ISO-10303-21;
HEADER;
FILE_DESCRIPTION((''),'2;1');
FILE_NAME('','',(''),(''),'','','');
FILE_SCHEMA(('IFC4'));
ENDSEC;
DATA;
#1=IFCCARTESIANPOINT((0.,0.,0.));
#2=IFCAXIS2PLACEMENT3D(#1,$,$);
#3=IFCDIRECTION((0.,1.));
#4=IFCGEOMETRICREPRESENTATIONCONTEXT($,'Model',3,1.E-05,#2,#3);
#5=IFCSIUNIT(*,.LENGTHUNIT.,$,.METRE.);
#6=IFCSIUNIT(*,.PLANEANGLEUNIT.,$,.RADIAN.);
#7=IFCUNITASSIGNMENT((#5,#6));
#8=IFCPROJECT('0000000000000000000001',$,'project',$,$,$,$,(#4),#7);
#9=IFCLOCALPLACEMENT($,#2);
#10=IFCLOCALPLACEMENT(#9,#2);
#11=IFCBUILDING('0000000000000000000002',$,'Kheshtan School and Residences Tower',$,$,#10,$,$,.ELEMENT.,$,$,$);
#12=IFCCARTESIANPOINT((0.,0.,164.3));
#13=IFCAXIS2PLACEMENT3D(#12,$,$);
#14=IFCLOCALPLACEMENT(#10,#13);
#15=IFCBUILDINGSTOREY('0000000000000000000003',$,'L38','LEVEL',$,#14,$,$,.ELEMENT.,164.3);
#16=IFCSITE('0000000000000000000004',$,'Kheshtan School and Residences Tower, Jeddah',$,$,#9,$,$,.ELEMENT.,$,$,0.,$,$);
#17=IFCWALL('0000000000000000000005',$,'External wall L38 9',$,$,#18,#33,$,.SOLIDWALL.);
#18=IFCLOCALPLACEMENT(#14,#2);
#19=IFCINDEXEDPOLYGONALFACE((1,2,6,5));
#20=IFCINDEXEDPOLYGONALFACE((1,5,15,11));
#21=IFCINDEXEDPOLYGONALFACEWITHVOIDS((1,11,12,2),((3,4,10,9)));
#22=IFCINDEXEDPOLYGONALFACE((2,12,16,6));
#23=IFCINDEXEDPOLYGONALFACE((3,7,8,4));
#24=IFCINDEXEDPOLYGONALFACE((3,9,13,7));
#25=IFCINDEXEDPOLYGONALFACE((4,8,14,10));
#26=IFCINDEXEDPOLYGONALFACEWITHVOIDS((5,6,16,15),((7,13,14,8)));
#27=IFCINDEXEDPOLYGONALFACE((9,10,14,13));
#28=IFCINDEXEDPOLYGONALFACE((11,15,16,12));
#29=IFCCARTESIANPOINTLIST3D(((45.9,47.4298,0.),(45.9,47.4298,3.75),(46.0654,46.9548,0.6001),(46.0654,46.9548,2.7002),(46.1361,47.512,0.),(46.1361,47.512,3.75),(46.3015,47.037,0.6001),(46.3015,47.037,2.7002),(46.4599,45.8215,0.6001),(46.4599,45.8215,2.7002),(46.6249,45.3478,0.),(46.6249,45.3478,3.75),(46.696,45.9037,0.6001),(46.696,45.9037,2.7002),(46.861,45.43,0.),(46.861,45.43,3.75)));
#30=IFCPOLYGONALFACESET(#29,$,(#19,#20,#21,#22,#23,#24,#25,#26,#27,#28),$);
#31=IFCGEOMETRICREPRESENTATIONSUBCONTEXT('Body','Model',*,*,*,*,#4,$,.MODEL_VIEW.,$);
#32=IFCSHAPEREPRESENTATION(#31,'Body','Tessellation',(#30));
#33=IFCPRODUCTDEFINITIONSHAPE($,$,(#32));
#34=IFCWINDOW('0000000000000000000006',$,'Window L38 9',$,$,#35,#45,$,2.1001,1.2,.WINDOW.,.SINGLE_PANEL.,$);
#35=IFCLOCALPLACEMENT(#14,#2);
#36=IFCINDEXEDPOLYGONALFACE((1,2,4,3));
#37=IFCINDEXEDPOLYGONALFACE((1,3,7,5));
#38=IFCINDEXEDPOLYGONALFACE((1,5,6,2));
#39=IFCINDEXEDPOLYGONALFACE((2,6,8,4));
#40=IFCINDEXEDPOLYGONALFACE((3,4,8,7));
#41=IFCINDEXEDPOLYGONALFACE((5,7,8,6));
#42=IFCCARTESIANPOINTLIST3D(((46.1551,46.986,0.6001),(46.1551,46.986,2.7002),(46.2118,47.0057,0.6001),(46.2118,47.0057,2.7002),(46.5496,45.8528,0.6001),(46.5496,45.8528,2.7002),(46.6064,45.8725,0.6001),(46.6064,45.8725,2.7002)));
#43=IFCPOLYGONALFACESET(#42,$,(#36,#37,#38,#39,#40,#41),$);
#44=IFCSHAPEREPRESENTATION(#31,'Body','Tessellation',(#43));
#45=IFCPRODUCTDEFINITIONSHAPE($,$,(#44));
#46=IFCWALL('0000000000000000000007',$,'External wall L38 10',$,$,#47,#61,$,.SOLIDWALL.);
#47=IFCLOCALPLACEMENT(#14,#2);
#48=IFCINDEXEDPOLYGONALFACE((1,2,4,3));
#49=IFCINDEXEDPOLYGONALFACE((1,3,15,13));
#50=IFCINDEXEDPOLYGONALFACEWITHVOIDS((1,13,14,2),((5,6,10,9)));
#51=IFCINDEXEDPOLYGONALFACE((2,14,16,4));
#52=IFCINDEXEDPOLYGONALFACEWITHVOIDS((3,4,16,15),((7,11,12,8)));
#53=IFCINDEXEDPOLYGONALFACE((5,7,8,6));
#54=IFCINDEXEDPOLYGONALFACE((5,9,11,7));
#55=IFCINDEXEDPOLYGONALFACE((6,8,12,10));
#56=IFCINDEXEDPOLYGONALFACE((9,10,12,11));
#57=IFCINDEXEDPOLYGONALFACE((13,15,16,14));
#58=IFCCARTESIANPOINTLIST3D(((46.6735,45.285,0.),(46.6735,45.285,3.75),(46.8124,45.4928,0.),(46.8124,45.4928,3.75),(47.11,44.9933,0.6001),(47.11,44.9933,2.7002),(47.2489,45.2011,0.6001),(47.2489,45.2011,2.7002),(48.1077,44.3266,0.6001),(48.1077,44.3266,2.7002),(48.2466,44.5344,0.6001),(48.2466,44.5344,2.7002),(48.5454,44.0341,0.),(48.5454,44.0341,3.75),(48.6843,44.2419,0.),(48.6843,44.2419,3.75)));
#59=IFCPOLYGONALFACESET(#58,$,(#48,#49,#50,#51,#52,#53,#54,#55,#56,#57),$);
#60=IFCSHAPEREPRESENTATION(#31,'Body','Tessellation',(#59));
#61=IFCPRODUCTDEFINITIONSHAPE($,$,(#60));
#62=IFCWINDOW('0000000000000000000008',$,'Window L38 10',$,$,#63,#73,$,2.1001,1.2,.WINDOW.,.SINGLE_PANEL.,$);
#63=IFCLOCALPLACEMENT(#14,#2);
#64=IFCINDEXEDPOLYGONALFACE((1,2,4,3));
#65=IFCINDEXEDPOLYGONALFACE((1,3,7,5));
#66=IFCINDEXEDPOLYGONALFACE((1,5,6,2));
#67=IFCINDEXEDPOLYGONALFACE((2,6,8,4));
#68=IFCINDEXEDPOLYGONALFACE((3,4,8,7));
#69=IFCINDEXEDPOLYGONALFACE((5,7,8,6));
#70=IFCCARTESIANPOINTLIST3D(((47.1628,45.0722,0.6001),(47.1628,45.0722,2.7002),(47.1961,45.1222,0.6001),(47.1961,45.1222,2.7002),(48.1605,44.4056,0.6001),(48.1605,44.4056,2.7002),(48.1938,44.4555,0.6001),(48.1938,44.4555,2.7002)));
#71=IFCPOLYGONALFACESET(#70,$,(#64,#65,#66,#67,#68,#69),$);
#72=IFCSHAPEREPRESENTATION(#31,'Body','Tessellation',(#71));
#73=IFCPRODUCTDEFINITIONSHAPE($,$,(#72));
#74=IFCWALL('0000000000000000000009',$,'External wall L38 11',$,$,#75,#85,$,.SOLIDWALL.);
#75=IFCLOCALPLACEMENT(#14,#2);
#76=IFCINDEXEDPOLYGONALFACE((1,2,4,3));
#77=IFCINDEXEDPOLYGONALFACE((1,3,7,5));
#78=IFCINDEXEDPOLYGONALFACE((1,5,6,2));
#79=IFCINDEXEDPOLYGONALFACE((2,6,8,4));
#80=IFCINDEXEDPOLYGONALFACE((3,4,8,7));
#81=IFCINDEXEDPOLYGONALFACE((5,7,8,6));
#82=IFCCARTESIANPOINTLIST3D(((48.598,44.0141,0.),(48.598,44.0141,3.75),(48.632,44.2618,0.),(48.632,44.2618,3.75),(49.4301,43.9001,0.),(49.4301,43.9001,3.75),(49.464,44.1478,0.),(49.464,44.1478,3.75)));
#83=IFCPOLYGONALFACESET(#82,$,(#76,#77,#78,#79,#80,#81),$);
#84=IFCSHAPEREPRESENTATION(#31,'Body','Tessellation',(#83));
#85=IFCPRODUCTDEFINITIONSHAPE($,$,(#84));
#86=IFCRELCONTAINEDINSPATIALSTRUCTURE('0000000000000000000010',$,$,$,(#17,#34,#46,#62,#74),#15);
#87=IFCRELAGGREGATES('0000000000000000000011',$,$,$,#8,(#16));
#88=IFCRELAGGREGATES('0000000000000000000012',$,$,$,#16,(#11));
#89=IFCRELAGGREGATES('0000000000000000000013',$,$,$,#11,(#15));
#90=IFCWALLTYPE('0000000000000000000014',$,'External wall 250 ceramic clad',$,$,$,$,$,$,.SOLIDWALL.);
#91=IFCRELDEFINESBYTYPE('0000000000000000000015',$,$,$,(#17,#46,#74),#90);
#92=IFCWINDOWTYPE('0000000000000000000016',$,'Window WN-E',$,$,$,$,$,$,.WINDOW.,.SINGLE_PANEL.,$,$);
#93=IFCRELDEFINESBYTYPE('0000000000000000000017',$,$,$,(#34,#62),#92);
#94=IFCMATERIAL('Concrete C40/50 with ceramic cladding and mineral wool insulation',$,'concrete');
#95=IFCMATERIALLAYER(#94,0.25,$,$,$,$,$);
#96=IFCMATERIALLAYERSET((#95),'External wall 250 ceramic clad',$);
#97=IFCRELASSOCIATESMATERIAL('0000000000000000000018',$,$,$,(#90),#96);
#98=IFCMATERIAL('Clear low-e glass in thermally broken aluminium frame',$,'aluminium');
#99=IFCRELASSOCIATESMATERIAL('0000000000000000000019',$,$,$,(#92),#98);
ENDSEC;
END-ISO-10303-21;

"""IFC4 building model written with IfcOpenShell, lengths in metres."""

from ifc_helpers import new_model, si_unit, direction, frame, frame_2d, origin, place, context, subcontext, project, spatial, rectangle, extrude, source, transform, mapped, material, layer, layer_set, type_object, element, fill, save


model = new_model("IFC4")

# Units and contexts
model_context = context("Model", 3, precision=1e-05, world=origin(), true_north=direction((0.0, 1.0)))
body_context = subcontext(model_context, "Body", "Model", "MODEL_VIEW")
ifc_project = project(units=[si_unit("LENGTHUNIT", "METRE"), si_unit("PLANEANGLEUNIT", "RADIAN")], contexts=[model_context])

# Site, building, storey
site_placement = place(None, origin())
site = spatial("IfcSite", under=ifc_project, at=site_placement, Name="Kheshtan School and Residences Tower, Jeddah", CompositionType="ELEMENT", RefElevation=0.0)
building_placement = place(site_placement, origin())
building = spatial("IfcBuilding", under=site, at=building_placement, Name="Kheshtan School and Residences Tower", CompositionType="ELEMENT")
storey_placement = place(building_placement, frame((0.0, 0.0, 164.3)))
storey = spatial("IfcBuildingStorey", under=building, at=storey_placement, Name="L38", Description="LEVEL", CompositionType="ELEMENT", Elevation=164.3)

# Shared definitions
ifc_material_1 = material(Name="Clear low-e glass in thermally broken aluminium frame", Category="aluminium")

# Walls, openings, windows
ifc_material_2 = material(Name="Concrete C40/50 with ceramic cladding and mineral wool insulation", Category="concrete")
ifc_layer_1 = layer(ifc_material_2, 0.25)
ifc_layer_set_1 = layer_set([ifc_layer_1], Name="External wall 250 ceramic clad")
wall_type = type_object("IfcWallType", Name="External wall 250 ceramic clad", PredefinedType="SOLIDWALL", material=ifc_layer_set_1)
wall_1_placement = place(storey_placement, frame((46.0181, 47.4709, 0.0), z_axis=(0.0, 0.0, 1.0), x_axis=(0.328791, -0.944403, 0.0)))
wall_1 = element("IfcWall", 1, at=wall_1_placement, inside=storey, type_object=wall_type, Name="External wall L38 9", PredefinedType="SOLIDWALL", context=body_context, shape_type="SweptSolid", body=[
    extrude(rectangle(XDim=2.2046, YDim=0.25, at=frame_2d((1.1023, 0.0))), origin(), (0.0, 0.0, 1.0), 3.75),
])
opening_1_placement = place(wall_1_placement, frame((0.5029, 0.0, 0.6001)))
opening_1 = element("IfcOpeningElement", 2, at=opening_1_placement, cuts=wall_1, PredefinedType="OPENING", context=body_context, shape_type="SweptSolid", body=[
    extrude(rectangle(XDim=1.2, YDim=2.1001, at=frame_2d((0.6001, 1.05))), frame((0.0, 0.135, 0.0), z_axis=(0.0, -1.0, 0.0), x_axis=(1.0, 0.0, 0.0)), (0.0, 0.0, 1.0), 0.27),
])
window_type = type_object("IfcWindowType", Name="Window WN-E", PartitioningType="SINGLE_PANEL", PredefinedType="WINDOW", material=ifc_material_1)
shared_shape = source(origin(), body_context, "Body", "SweptSolid", [
    extrude(rectangle(XDim=1.2, YDim=2.1001, at=frame_2d((0.6001, 1.05))), frame((0.0, 0.03, 0.0), z_axis=(0.0, -1.0, 0.0), x_axis=(1.0, 0.0, 0.0)), (0.0, 0.0, 1.0), 0.0601),
])
window_1_placement = place(opening_1_placement, origin())
window_1 = element("IfcWindow", 3, at=window_1_placement, inside=storey, type_object=window_type, Name="Window L38 9", OverallHeight=2.1001, OverallWidth=1.2, PartitioningType="SINGLE_PANEL", PredefinedType="WINDOW", context=body_context, shape_type="MappedRepresentation", body=[
    mapped(shared_shape, transform((0.0, 0.0, 0.0), x_axis=(1.0, 0.0, 0.0), y_axis=(0.0, 1.0, 0.0), z_axis=(0.0, 0.0, 1.0), scale=1.0)),
])
fill(opening_1, window_1)
wall_2_placement = place(storey_placement, frame((46.7429, 45.3889, 0.0), z_axis=(0.0, 0.0, 1.0), x_axis=(0.831449, -0.555601, 0.0)))
wall_2 = element("IfcWall", 4, at=wall_2_placement, inside=storey, type_object=wall_type, Name="External wall L38 10", PredefinedType="SOLIDWALL", context=body_context, shape_type="SweptSolid", body=[
    extrude(rectangle(XDim=2.2515, YDim=0.25, at=frame_2d((1.1257, 0.0))), origin(), (0.0, 0.0, 1.0), 3.75),
])
opening_2_placement = place(wall_2_placement, frame((0.5249, 0.0, 0.6001)))
opening_2 = element("IfcOpeningElement", 5, at=opening_2_placement, cuts=wall_2, PredefinedType="OPENING", context=body_context, shape_type="SweptSolid", body=[
    extrude(rectangle(XDim=1.2, YDim=2.1001, at=frame_2d((0.6001, 1.05))), frame((0.0, 0.135, 0.0), z_axis=(0.0, -1.0, 0.0), x_axis=(1.0, 0.0, 0.0)), (0.0, 0.0, 1.0), 0.27),
])
window_2_placement = place(opening_2_placement, origin())
window_2 = element("IfcWindow", 6, at=window_2_placement, inside=storey, type_object=window_type, Name="Window L38 10", OverallHeight=2.1001, OverallWidth=1.2, PartitioningType="SINGLE_PANEL", PredefinedType="WINDOW", context=body_context, shape_type="MappedRepresentation", body=[
    mapped(shared_shape, transform((0.0, 0.0, 0.0), x_axis=(1.0, 0.0, 0.0), y_axis=(0.0, 1.0, 0.0), z_axis=(0.0, 0.0, 1.0), scale=1.0)),
])
fill(opening_2, window_2)

# Wall
wall_3_placement = place(storey_placement, frame((48.615, 44.1379, 0.0), z_axis=(0.0, 0.0, 1.0), x_axis=(0.990742, -0.135762, 0.0)))
element("IfcWall", 7, at=wall_3_placement, inside=storey, type_object=wall_type, Name="External wall L38 11", PredefinedType="SOLIDWALL", context=body_context, shape_type="SweptSolid", body=[
    extrude(rectangle(XDim=0.8398, YDim=0.25, at=frame_2d((0.4199, 0.0))), origin(), (0.0, 0.0, 1.0), 3.75),
])

save(model, "model.ifc")
